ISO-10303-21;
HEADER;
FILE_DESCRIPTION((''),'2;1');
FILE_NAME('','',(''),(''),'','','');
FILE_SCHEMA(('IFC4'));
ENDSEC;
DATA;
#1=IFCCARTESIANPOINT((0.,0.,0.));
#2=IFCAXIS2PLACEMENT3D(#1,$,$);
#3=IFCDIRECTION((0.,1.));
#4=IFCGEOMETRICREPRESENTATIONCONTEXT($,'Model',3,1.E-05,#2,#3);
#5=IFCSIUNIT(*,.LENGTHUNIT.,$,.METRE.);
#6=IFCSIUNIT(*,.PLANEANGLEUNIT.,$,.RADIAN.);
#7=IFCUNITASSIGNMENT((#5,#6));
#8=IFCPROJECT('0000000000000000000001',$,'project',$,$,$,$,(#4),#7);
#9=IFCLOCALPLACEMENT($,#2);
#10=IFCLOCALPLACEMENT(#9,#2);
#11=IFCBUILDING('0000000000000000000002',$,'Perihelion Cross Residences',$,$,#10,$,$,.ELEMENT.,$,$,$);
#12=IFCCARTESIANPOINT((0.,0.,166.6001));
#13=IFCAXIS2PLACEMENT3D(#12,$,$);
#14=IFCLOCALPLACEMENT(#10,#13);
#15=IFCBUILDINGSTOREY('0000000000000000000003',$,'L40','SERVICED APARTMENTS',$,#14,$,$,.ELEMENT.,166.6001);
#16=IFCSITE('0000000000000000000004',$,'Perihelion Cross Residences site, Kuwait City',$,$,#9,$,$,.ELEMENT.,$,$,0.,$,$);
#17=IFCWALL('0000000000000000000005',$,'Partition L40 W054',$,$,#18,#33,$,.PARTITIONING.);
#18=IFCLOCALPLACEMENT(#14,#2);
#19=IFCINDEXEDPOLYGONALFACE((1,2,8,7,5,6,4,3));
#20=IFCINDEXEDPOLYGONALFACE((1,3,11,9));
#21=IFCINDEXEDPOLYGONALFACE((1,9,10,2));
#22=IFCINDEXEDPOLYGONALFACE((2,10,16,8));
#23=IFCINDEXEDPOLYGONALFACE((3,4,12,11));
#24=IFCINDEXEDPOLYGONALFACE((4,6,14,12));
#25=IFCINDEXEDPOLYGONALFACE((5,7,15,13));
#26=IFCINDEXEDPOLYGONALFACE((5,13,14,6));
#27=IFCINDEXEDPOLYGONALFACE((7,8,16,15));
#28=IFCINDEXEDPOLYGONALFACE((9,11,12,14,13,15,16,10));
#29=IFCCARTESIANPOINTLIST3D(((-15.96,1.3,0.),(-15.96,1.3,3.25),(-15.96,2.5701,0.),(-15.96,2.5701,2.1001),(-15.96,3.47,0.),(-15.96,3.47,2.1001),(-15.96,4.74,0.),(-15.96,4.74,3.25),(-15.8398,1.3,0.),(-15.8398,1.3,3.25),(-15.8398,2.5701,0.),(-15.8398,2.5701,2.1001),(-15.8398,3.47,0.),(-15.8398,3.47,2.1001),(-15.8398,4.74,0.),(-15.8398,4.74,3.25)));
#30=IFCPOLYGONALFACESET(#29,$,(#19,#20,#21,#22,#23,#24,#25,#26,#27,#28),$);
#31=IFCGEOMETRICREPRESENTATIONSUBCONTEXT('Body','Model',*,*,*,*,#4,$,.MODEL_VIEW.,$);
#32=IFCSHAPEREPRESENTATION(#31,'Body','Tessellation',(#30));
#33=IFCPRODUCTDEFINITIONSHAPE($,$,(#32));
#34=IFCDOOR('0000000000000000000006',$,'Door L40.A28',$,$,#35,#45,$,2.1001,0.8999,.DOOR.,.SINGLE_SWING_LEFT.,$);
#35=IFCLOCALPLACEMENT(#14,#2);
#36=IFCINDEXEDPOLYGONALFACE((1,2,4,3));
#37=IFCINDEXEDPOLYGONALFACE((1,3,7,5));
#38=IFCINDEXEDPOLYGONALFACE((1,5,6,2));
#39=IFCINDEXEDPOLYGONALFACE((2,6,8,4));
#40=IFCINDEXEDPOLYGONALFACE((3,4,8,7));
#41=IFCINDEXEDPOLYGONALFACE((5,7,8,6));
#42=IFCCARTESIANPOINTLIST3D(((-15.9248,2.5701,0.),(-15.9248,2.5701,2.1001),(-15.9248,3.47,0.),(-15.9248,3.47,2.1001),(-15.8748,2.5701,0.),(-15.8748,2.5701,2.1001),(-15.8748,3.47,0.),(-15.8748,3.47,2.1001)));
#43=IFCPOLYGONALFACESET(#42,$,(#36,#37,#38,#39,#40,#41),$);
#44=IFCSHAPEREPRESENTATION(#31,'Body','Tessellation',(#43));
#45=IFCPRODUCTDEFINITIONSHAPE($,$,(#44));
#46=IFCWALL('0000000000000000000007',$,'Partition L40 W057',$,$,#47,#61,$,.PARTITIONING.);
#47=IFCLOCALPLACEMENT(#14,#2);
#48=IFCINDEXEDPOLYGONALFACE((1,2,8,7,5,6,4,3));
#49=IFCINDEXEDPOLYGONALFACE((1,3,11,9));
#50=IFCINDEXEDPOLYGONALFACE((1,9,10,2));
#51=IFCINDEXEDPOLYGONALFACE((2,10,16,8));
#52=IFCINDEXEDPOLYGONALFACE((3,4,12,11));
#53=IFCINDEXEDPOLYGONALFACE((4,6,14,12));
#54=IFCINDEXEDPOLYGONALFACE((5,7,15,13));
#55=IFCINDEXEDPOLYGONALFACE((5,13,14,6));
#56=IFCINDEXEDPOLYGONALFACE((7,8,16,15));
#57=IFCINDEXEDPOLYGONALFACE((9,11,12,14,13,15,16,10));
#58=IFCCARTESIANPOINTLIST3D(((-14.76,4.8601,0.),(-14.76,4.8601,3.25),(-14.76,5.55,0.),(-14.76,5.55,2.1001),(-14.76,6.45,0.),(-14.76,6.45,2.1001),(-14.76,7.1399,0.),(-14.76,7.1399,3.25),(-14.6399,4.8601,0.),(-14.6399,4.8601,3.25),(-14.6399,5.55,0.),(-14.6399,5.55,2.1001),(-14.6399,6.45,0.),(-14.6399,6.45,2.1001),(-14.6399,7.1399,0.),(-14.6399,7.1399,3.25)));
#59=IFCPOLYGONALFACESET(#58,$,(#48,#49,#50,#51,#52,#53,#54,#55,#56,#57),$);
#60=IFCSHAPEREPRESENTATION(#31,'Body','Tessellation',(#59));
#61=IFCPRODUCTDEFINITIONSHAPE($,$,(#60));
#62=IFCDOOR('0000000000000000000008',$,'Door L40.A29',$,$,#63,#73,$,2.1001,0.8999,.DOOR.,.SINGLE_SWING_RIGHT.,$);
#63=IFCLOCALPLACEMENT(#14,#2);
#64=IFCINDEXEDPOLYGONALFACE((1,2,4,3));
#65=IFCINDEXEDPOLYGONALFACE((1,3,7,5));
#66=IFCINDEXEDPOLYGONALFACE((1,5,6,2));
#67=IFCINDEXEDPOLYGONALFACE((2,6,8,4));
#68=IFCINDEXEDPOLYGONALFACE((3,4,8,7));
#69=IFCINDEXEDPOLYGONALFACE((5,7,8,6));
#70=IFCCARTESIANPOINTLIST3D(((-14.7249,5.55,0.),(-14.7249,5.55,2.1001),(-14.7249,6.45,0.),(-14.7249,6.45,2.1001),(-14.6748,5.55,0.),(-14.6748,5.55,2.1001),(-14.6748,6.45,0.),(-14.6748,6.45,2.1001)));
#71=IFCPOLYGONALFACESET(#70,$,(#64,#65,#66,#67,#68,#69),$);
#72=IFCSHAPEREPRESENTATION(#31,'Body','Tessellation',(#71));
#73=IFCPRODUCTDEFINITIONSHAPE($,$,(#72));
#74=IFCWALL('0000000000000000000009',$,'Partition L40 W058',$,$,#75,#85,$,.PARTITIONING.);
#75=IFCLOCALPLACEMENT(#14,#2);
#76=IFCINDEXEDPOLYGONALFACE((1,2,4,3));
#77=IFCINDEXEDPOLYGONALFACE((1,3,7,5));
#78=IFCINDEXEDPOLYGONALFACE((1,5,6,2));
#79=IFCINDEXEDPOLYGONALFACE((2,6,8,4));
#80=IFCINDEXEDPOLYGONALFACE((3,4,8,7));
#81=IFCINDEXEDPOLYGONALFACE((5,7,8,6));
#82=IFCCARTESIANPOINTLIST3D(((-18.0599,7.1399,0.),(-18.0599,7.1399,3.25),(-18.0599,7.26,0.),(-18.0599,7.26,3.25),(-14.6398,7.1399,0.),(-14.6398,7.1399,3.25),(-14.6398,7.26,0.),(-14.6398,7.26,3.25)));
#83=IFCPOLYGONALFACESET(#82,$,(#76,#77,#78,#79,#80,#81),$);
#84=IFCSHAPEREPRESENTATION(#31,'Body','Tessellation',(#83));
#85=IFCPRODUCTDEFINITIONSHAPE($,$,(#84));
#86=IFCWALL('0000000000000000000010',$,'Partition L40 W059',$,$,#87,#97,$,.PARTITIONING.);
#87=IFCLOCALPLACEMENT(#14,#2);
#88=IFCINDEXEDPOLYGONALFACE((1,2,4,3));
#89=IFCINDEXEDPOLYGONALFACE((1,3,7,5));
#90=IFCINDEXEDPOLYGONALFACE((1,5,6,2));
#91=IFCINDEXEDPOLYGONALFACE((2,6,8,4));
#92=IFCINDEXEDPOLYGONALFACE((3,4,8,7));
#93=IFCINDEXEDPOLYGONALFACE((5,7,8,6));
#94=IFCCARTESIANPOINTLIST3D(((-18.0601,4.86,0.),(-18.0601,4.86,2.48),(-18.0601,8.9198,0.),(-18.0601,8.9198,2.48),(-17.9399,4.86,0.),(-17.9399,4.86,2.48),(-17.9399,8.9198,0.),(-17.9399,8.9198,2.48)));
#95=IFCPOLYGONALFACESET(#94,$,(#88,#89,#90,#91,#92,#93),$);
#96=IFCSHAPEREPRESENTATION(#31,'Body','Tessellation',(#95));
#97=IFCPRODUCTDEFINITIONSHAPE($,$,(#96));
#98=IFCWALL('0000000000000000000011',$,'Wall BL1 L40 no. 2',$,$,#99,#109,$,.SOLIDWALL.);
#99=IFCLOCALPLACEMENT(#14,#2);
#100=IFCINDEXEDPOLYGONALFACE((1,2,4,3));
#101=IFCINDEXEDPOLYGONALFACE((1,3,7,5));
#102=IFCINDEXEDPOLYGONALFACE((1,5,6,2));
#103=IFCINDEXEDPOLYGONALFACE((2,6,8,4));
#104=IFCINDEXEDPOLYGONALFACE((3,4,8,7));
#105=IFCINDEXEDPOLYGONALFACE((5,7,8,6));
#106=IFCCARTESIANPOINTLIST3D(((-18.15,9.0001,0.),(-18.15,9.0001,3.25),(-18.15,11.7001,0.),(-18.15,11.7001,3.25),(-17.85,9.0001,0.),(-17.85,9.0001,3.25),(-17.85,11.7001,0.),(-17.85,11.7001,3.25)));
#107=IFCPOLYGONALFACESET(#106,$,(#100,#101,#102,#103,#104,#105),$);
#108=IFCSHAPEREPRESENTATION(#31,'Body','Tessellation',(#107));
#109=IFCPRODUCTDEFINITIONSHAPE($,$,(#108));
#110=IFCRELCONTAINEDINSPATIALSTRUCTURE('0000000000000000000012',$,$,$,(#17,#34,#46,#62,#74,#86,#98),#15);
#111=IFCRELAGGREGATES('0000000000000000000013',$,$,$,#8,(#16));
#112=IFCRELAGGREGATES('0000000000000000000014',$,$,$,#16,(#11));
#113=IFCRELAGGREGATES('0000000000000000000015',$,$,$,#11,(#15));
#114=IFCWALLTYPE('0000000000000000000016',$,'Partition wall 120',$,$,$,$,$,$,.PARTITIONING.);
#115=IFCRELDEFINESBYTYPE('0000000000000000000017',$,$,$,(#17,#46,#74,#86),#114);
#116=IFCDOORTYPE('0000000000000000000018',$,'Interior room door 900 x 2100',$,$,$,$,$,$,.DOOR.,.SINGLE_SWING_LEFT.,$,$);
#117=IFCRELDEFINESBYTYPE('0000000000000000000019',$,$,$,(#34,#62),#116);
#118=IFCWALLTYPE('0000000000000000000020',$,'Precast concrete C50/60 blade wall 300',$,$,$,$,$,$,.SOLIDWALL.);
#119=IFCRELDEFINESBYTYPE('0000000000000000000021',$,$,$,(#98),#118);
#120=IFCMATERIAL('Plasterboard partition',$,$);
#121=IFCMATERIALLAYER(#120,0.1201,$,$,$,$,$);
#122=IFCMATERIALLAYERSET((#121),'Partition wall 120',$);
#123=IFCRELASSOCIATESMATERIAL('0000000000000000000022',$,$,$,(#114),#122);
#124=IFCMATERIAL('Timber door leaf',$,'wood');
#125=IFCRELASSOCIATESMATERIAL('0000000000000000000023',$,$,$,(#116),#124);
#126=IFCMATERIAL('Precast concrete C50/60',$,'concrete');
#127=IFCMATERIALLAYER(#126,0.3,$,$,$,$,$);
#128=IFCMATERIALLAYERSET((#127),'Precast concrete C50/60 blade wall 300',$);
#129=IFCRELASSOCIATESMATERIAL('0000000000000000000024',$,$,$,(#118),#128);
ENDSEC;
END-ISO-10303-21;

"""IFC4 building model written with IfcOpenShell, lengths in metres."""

from ifc_helpers import new_model, si_unit, direction, frame, frame_2d, origin, place, context, subcontext, project, spatial, rectangle, extrude, material, layer, layer_set, type_object, element, fill, save


model = new_model("IFC4")

# Units and contexts
model_context = context("Model", 3, precision=1e-05, world=origin(), true_north=direction((0.0, 1.0)))
body_context = subcontext(model_context, "Body", "Model", "MODEL_VIEW")
ifc_project = project(units=[si_unit("LENGTHUNIT", "METRE"), si_unit("PLANEANGLEUNIT", "RADIAN")], contexts=[model_context])

# Site, building, storey
site_placement = place(None, origin())
site = spatial("IfcSite", under=ifc_project, at=site_placement, Name="Perihelion Cross Residences site, Kuwait City", CompositionType="ELEMENT", RefElevation=0.0)
building_placement = place(site_placement, origin())
building = spatial("IfcBuilding", under=site, at=building_placement, Name="Perihelion Cross Residences", CompositionType="ELEMENT")
storey_placement = place(building_placement, frame((0.0, 0.0, 166.6001)))
storey = spatial("IfcBuildingStorey", under=building, at=storey_placement, Name="L40", Description="SERVICED APARTMENTS", CompositionType="ELEMENT", Elevation=166.6001)

# Shared definitions
ifc_material_1 = material(Name="Plasterboard partition")
ifc_layer_1 = layer(ifc_material_1, 0.1201)
ifc_layer_set_1 = layer_set([ifc_layer_1], Name="Partition wall 120")
wall_type_1 = type_object("IfcWallType", Name="Partition wall 120", PredefinedType="PARTITIONING", material=ifc_layer_set_1)

# Walls, openings, doors
ifc_material_2 = material(Name="Timber door leaf", Category="wood")
door_type_1 = type_object("IfcDoorType", Name="Interior room door 900 x 2100", OperationType="SINGLE_SWING_LEFT", PredefinedType="DOOR", material=ifc_material_2)
wall_1_placement = place(storey_placement, frame((-15.8999, 1.3, 0.0), z_axis=(0.0, 0.0, 1.0), x_axis=(0.0, 1.0, 0.0)))
wall_1 = element("IfcWall", 1, at=wall_1_placement, inside=storey, type_object=wall_type_1, Name="Partition L40 W054", PredefinedType="PARTITIONING", context=body_context, shape_type="SweptSolid", body=[
    extrude(rectangle(XDim=3.4399, YDim=0.1201, at=frame_2d((1.72, 0.0))), origin(), (0.0, 0.0, 1.0), 3.25),
])
opening_1_placement = place(wall_1_placement, frame((1.27, 0.0, 0.0)))
opening_1 = element("IfcOpeningElement", 2, at=opening_1_placement, cuts=wall_1, PredefinedType="OPENING", context=body_context, shape_type="SweptSolid", body=[
    extrude(rectangle(XDim=0.8999, YDim=2.1001, at=frame_2d((0.45, 1.05))), frame((0.0, 0.0701, 0.0), z_axis=(0.0, -1.0, 0.0), x_axis=(1.0, 0.0, 0.0)), (0.0, 0.0, 1.0), 0.1401),
])
door_1_placement = place(opening_1_placement, origin())
door_1 = element("IfcDoor", 3, at=door_1_placement, inside=storey, type_object=door_type_1, Name="Door L40.A28", OperationType="SINGLE_SWING_LEFT", OverallHeight=2.1001, OverallWidth=0.8999, PredefinedType="DOOR", context=body_context, shape_type="SweptSolid", body=[
    extrude(rectangle(XDim=0.8999, YDim=2.1001, at=frame_2d((0.45, 1.05))), frame((0.0, 0.0249, 0.0), z_axis=(0.0, -1.0, 0.0), x_axis=(1.0, 0.0, 0.0)), (0.0, 0.0, 1.0), 0.05),
])
fill(opening_1, door_1)
wall_2_placement = place(storey_placement, frame((-14.7, 4.8601, 0.0), z_axis=(0.0, 0.0, 1.0), x_axis=(0.0, 1.0, 0.0)))
wall_2 = element("IfcWall", 4, at=wall_2_placement, inside=storey, type_object=wall_type_1, Name="Partition L40 W057", PredefinedType="PARTITIONING", context=body_context, shape_type="SweptSolid", body=[
    extrude(rectangle(XDim=2.2798, YDim=0.1201, at=frame_2d((1.1399, 0.0))), origin(), (0.0, 0.0, 1.0), 3.25),
])
opening_2_placement = place(wall_2_placement, frame((0.6899, 0.0, 0.0)))
opening_2 = element("IfcOpeningElement", 5, at=opening_2_placement, cuts=wall_2, PredefinedType="OPENING", context=body_context, shape_type="SweptSolid", body=[
    extrude(rectangle(XDim=0.8999, YDim=2.1001, at=frame_2d((0.45, 1.05))), frame((0.0, 0.0701, 0.0), z_axis=(0.0, -1.0, 0.0), x_axis=(1.0, 0.0, 0.0)), (0.0, 0.0, 1.0), 0.1401),
])
door_2_placement = place(opening_2_placement, origin())
door_2 = element("IfcDoor", 6, at=door_2_placement, inside=storey, type_object=door_type_1, Name="Door L40.A29", OperationType="SINGLE_SWING_RIGHT", OverallHeight=2.1001, OverallWidth=0.8999, PredefinedType="DOOR", context=body_context, shape_type="SweptSolid", body=[
    extrude(rectangle(XDim=0.8999, YDim=2.1001, at=frame_2d((0.45, 1.05))), frame((0.0, 0.0249, 0.0), z_axis=(0.0, -1.0, 0.0), x_axis=(1.0, 0.0, 0.0)), (0.0, 0.0, 1.0), 0.05),
])
fill(opening_2, door_2)

# Walls
wall_3_placement = place(storey_placement, frame((-14.6399, 7.2, 0.0), z_axis=(0.0, 0.0, 1.0), x_axis=(-1.0, 0.0, 0.0)))
element("IfcWall", 7, at=wall_3_placement, inside=storey, type_object=wall_type_1, Name="Partition L40 W058", PredefinedType="PARTITIONING", context=body_context, shape_type="SweptSolid", body=[
    extrude(rectangle(XDim=3.4202, YDim=0.1201, at=frame_2d((1.71, 0.0))), origin(), (0.0, 0.0, 1.0), 3.25),
])
wall_4_placement = place(storey_placement, frame((-18.0, 4.8601, 0.0), z_axis=(0.0, 0.0, 1.0), x_axis=(0.0, 1.0, 0.0)))
element("IfcWall", 8, at=wall_4_placement, inside=storey, type_object=wall_type_1, Name="Partition L40 W059", PredefinedType="PARTITIONING", context=body_context, shape_type="SweptSolid", body=[
    extrude(rectangle(XDim=4.0598, YDim=0.1201, at=frame_2d((2.0298, 0.0))), origin(), (0.0, 0.0, 1.0), 2.48),
])
ifc_material_3 = material(Name="Precast concrete C50/60", Category="concrete")
ifc_layer_2 = layer(ifc_material_3, 0.3)
ifc_layer_set_2 = layer_set([ifc_layer_2], Name="Precast concrete C50/60 blade wall 300")
wall_type_2 = type_object("IfcWallType", Name="Precast concrete C50/60 blade wall 300", PredefinedType="SOLIDWALL", material=ifc_layer_set_2)
wall_5_placement = place(storey_placement, frame((-18.0, 9.0, 0.0), z_axis=(0.0, 0.0, 1.0), x_axis=(0.0, 1.0, 0.0)))
element("IfcWall", 9, at=wall_5_placement, inside=storey, type_object=wall_type_2, Name="Wall BL1 L40 no. 2", PredefinedType="SOLIDWALL", context=body_context, shape_type="SweptSolid", body=[
    extrude(rectangle(XDim=2.7, YDim=0.3, at=frame_2d((1.3501, 0.0))), origin(), (0.0, 0.0, 1.0), 3.25),
])

save(model, "model.ifc")
